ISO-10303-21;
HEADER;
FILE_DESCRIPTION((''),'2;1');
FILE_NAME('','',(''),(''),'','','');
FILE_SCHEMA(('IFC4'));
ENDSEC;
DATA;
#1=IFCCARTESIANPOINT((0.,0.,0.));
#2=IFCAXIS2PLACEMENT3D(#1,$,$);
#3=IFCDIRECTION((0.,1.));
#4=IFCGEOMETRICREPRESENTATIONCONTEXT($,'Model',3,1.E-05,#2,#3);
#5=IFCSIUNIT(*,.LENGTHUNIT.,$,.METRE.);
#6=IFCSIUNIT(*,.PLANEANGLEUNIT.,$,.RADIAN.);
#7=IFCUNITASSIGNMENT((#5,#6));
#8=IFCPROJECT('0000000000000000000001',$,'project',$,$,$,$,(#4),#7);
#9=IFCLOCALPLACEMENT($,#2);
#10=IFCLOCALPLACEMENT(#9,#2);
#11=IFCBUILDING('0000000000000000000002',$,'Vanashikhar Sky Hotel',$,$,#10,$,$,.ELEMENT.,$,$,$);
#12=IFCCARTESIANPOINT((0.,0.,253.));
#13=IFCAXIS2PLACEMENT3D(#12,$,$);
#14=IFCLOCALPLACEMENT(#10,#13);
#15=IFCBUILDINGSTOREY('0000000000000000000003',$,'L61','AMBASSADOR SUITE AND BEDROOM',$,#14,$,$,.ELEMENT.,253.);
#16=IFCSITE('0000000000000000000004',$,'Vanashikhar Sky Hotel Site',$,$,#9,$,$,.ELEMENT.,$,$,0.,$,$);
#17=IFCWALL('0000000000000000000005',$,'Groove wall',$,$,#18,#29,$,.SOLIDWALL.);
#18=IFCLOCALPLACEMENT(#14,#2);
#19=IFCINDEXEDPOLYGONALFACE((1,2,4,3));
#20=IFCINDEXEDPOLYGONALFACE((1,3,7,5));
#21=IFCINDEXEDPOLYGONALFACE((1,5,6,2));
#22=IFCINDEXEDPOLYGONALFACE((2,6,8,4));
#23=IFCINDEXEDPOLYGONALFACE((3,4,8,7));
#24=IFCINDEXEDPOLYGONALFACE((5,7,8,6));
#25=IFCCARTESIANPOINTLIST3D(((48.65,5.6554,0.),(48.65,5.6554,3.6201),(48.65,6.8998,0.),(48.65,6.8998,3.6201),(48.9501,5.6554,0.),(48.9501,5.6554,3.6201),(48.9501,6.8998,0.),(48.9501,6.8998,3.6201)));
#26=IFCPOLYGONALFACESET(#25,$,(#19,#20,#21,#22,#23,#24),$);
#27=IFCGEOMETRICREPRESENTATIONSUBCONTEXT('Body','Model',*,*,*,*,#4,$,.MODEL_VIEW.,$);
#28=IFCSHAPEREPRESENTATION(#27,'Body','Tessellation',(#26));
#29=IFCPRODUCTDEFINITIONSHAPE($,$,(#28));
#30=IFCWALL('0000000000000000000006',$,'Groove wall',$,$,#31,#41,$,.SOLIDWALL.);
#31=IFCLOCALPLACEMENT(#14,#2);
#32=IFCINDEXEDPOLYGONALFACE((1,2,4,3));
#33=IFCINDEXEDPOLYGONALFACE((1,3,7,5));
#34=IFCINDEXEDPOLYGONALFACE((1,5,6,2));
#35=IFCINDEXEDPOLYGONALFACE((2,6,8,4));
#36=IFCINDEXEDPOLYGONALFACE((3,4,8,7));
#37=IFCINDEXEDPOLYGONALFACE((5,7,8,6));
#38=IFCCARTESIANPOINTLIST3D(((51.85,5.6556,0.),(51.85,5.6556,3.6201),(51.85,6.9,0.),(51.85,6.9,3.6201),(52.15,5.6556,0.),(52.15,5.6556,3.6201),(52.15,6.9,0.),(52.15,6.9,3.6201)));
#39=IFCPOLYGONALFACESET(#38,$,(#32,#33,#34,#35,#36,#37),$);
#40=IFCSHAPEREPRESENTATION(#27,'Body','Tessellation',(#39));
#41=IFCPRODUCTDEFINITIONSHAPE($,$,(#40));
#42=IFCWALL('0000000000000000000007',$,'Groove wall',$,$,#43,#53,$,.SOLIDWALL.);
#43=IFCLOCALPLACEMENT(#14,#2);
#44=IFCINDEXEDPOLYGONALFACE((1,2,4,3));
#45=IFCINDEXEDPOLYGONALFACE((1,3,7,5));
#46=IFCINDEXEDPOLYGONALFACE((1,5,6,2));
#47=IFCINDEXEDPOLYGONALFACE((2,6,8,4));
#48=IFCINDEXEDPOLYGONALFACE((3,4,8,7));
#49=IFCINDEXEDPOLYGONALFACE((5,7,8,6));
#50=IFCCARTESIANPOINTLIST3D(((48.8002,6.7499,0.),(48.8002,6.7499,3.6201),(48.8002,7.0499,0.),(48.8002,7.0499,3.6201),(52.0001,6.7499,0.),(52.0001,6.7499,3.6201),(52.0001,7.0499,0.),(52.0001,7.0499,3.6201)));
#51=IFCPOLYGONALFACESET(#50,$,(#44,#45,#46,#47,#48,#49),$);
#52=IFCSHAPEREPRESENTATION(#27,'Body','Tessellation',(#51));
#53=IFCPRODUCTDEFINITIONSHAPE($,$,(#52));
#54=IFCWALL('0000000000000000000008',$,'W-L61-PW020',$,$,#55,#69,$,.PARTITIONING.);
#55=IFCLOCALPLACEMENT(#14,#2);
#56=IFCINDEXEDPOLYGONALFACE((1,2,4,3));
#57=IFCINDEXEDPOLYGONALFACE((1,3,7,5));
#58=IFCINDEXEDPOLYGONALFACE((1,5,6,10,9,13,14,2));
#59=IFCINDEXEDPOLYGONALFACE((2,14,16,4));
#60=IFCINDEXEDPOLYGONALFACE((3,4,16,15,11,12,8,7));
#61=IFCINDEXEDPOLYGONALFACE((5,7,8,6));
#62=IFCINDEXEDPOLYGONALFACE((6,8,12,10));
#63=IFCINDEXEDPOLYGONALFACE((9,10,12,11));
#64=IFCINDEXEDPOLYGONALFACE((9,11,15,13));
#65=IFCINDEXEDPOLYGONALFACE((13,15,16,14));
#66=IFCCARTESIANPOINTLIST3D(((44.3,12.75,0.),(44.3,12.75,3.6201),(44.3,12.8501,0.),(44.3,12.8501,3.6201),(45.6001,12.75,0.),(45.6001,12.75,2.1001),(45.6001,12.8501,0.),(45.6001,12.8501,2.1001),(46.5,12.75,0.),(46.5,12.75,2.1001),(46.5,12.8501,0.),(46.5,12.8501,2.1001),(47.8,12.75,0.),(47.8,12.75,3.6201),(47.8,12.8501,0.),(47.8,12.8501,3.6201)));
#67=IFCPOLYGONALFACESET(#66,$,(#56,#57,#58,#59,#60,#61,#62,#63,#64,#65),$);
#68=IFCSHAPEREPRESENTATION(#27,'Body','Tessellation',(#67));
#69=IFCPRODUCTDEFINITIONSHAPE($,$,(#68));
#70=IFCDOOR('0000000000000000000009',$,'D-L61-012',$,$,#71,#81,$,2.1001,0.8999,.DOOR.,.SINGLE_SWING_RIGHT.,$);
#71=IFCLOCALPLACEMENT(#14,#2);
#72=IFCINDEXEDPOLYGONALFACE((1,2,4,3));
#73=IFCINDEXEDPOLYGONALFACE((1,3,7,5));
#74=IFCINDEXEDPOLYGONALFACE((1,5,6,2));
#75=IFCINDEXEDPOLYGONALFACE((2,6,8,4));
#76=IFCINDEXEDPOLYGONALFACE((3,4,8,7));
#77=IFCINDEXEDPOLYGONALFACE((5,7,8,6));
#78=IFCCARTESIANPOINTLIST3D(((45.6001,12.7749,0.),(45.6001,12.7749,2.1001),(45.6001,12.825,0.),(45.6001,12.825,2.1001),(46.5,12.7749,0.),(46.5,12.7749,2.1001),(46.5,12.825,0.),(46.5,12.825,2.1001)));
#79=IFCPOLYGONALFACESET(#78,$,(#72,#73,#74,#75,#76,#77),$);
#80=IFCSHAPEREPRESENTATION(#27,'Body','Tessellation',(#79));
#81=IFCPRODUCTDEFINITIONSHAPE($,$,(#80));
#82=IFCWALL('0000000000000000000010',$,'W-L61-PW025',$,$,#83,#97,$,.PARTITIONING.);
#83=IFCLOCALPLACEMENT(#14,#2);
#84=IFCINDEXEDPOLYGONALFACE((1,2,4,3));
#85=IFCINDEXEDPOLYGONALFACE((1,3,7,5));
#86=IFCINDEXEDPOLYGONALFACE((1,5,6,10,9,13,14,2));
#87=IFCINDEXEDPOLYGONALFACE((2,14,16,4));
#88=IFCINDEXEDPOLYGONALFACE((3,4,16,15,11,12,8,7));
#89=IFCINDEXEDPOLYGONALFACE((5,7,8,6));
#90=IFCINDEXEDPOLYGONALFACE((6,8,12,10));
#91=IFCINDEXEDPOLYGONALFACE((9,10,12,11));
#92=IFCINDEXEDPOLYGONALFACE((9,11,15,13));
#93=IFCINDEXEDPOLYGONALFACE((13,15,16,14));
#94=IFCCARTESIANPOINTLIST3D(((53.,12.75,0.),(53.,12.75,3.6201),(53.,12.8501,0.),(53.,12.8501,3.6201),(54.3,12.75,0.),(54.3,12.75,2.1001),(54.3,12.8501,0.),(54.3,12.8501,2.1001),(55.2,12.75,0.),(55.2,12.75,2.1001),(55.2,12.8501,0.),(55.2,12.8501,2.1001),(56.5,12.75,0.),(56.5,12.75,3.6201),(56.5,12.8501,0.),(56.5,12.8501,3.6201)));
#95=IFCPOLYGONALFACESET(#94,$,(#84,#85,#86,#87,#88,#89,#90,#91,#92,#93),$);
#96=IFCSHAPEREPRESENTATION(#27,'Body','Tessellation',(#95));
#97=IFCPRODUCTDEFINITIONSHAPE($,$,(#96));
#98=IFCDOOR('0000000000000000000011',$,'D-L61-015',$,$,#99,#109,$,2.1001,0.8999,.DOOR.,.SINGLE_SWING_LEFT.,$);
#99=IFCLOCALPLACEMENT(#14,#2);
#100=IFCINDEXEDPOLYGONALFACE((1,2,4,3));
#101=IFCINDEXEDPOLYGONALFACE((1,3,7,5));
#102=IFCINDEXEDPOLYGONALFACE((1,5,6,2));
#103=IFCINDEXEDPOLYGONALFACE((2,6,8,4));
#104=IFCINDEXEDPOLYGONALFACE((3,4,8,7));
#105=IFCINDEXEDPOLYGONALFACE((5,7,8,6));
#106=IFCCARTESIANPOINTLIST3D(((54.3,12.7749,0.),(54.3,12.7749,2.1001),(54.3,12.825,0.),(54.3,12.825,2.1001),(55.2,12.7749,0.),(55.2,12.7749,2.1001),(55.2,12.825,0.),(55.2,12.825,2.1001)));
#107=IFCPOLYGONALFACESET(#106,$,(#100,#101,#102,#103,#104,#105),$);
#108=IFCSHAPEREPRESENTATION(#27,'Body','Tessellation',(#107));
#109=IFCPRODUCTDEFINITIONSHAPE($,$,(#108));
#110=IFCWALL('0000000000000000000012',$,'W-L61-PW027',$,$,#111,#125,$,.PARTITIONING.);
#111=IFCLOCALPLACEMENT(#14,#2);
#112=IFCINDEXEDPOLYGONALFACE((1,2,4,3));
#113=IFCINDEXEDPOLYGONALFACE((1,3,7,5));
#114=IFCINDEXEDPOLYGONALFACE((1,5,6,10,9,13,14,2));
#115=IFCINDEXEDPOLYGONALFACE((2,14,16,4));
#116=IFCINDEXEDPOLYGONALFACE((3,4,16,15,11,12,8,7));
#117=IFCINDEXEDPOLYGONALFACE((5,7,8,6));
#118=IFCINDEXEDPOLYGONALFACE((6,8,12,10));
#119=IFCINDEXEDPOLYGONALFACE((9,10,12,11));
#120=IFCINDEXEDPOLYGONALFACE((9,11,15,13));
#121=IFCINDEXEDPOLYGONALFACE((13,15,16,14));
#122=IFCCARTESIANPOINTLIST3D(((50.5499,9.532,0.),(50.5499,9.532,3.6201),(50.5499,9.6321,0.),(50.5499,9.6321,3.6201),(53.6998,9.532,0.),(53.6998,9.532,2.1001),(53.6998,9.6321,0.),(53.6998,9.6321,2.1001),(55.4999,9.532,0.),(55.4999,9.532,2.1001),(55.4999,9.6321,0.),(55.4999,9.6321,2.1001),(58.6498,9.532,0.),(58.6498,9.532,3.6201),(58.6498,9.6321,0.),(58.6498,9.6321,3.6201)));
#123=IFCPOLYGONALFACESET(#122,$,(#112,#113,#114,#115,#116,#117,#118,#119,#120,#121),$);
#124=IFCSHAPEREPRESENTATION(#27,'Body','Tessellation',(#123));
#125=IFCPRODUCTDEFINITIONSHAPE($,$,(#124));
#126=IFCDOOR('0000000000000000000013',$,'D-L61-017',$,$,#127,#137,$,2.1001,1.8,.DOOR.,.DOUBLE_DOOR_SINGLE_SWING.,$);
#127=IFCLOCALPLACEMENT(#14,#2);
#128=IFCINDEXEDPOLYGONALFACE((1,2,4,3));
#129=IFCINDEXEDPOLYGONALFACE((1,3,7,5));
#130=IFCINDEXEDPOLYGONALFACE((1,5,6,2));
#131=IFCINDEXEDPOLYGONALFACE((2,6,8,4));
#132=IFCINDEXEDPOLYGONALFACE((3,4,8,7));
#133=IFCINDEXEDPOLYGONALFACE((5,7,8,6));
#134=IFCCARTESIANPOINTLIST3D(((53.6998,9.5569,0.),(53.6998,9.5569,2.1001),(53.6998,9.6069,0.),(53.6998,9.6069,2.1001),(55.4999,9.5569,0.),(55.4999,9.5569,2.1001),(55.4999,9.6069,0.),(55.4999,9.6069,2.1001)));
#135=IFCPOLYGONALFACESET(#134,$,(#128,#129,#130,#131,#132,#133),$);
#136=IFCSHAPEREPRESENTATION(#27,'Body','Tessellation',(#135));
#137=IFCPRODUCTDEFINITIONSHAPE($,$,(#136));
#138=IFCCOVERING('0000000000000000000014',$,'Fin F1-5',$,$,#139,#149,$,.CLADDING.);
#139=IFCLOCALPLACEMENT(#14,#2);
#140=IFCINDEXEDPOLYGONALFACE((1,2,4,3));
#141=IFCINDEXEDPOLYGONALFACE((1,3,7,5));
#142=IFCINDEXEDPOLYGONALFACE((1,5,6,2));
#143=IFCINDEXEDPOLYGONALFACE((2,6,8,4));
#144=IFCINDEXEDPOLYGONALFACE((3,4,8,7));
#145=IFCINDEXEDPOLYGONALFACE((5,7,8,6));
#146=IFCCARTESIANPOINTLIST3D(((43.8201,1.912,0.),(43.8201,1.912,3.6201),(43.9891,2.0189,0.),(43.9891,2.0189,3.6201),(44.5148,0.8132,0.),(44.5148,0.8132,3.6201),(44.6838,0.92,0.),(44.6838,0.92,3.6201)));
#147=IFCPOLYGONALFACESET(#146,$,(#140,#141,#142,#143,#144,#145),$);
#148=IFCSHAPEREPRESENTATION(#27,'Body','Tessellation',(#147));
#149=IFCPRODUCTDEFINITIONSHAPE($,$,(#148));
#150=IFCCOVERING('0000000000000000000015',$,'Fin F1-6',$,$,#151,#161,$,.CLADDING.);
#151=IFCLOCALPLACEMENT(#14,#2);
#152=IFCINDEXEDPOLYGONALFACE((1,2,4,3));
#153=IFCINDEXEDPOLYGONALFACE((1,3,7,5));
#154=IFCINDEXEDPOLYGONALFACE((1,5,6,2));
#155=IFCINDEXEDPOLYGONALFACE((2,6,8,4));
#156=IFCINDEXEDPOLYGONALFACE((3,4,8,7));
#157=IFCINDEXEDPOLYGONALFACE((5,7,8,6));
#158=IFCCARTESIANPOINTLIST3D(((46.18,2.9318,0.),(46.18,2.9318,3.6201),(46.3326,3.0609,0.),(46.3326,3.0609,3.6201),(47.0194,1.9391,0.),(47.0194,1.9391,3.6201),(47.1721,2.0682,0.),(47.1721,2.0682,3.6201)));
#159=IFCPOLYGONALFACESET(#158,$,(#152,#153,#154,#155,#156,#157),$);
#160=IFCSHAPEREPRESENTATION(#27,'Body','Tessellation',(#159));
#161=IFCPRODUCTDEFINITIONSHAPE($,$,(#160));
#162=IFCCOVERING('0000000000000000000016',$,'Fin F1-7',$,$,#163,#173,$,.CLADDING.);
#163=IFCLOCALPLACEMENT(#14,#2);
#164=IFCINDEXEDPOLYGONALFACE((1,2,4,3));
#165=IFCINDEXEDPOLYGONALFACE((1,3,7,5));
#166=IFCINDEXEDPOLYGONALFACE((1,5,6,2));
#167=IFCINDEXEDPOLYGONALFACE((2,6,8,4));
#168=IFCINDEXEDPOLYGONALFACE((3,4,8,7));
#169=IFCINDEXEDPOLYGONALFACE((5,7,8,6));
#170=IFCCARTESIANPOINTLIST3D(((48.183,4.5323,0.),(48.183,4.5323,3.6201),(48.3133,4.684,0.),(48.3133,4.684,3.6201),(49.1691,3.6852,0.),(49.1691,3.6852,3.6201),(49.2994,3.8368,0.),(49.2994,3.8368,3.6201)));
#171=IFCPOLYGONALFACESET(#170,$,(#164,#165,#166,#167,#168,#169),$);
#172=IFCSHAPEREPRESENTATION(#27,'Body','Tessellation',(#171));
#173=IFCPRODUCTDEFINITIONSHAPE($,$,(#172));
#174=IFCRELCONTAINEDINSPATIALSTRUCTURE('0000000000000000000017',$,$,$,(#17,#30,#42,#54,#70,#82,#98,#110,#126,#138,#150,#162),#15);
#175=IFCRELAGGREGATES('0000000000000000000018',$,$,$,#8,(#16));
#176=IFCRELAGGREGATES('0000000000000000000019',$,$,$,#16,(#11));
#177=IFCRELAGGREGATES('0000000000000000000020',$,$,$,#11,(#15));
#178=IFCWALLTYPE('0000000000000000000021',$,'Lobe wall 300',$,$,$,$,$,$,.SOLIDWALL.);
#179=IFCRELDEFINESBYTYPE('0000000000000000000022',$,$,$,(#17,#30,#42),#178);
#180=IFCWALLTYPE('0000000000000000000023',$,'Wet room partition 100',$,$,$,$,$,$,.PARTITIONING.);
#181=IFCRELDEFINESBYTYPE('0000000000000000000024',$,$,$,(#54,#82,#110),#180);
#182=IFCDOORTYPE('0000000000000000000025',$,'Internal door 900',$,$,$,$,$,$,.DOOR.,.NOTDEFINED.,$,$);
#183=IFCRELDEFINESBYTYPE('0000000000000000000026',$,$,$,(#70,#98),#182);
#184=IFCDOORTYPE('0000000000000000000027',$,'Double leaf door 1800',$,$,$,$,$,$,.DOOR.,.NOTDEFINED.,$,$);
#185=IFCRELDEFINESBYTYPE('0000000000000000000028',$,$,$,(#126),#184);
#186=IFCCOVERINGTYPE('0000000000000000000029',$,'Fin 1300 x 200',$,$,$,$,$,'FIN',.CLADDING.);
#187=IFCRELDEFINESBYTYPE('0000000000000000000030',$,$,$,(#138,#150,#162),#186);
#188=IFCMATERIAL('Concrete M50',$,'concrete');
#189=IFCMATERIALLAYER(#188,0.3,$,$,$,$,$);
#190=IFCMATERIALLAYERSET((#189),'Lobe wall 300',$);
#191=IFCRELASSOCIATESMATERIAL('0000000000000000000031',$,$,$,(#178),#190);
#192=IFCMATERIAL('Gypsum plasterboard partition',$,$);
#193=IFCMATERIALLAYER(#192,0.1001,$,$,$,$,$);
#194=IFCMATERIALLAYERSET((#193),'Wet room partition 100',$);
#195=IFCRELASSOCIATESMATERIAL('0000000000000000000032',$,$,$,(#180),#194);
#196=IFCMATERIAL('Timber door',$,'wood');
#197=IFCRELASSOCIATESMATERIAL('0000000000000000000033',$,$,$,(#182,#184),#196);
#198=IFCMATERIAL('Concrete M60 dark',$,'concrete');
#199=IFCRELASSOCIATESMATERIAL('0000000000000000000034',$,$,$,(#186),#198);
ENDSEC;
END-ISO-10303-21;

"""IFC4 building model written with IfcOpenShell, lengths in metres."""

from ifc_helpers import new_model, si_unit, direction, frame, frame_2d, origin, origin_2d, place, context, subcontext, project, spatial, rectangle, extrude, source, transform, mapped, material, layer, layer_set, material_profile, profile_set, type_object, element, fill, save


model = new_model("IFC4")

# Units and contexts
model_context = context("Model", 3, precision=1e-05, world=origin(), true_north=direction((0.0, 1.0)))
body_context = subcontext(model_context, "Body", "Model", "MODEL_VIEW")
ifc_project = project(units=[si_unit("LENGTHUNIT", "METRE"), si_unit("PLANEANGLEUNIT", "RADIAN")], contexts=[model_context])

# Site, building, storey
site_placement = place(None, origin())
site = spatial("IfcSite", under=ifc_project, at=site_placement, Name="Vanashikhar Sky Hotel Site", CompositionType="ELEMENT", RefElevation=0.0)
building_placement = place(site_placement, origin())
building = spatial("IfcBuilding", under=site, at=building_placement, Name="Vanashikhar Sky Hotel", CompositionType="ELEMENT")
storey_placement = place(building_placement, frame((0.0, 0.0, 253.0)))
storey = spatial("IfcBuildingStorey", under=building, at=storey_placement, Name="L61", Description="AMBASSADOR SUITE AND BEDROOM", CompositionType="ELEMENT", Elevation=253.0)

# Shared definitions
ifc_material_1 = material(Name="Concrete M50", Category="concrete")
ifc_layer_1 = layer(ifc_material_1, 0.3)
ifc_layer_set_1 = layer_set([ifc_layer_1], Name="Lobe wall 300")
wall_type_1 = type_object("IfcWallType", Name="Lobe wall 300", PredefinedType="SOLIDWALL", material=ifc_layer_set_1)

# Walls
shared_shape_1 = source(origin(), body_context, "Body", "SweptSolid", [
    extrude(rectangle(XDim=1.2444, YDim=0.3, at=frame_2d((0.6221, 0.0))), origin(), (0.0, 0.0, 1.0), 3.6201),
])
for number, where, z_axis, x_axis, name in (
    (1, (48.8, 5.6555, 0.0), (0.0, 0.0, 1.0), (0.0, 1.0, 0.0), "Groove wall"),
    (2, (52.0, 6.8999, 0.0), (0.0, 0.0, 1.0), (0.0, -1.0, 0.0), "Groove wall"),
):
    element("IfcWall", number, at=place(storey_placement, frame(where, z_axis=z_axis, x_axis=x_axis)), inside=storey, type_object=wall_type_1, Name=name, PredefinedType="SOLIDWALL", context=body_context, shape_type="MappedRepresentation", body=[
        mapped(shared_shape_1, transform((0.0, 0.0, 0.0), scale=1.0)),
    ])
shared_shape_2 = source(origin(), body_context, "Body", "SweptSolid", [
    extrude(rectangle(XDim=3.2, YDim=0.3, at=frame_2d((1.6001, 0.0))), origin(), (0.0, 0.0, 1.0), 3.6201),
])
wall_1_placement = place(storey_placement, frame((48.8, 6.8999, 0.0), z_axis=(0.0, 0.0, 1.0), x_axis=(1.0, 0.0, 0.0)))
element("IfcWall", 3, at=wall_1_placement, inside=storey, type_object=wall_type_1, Name="Groove wall", PredefinedType="SOLIDWALL", context=body_context, shape_type="MappedRepresentation", body=[
    mapped(shared_shape_2, transform((0.0, 0.0, 0.0), scale=1.0)),
])

# Walls, openings, doors
ifc_material_2 = material(Name="Gypsum plasterboard partition")
ifc_layer_2 = layer(ifc_material_2, 0.1001)
ifc_layer_set_2 = layer_set([ifc_layer_2], Name="Wet room partition 100")
wall_type_2 = type_object("IfcWallType", Name="Wet room partition 100", PredefinedType="PARTITIONING", material=ifc_layer_set_2)
shared_shape_3 = source(origin(), body_context, "Body", "SweptSolid", [
    extrude(rectangle(XDim=3.5, YDim=0.1001, at=frame_2d((1.75, 0.0))), origin(), (0.0, 0.0, 1.0), 3.6201),
])
wall_2_placement = place(storey_placement, frame((44.3, 12.8, 0.0), z_axis=(0.0, 0.0, 1.0), x_axis=(1.0, 0.0, 0.0)))
wall_2 = element("IfcWall", 4, at=wall_2_placement, inside=storey, type_object=wall_type_2, Name="W-L61-PW020", PredefinedType="PARTITIONING", context=body_context, shape_type="MappedRepresentation", body=[
    mapped(shared_shape_3, transform((0.0, 0.0, 0.0), scale=1.0)),
])
shared_shape_4 = source(origin(), body_context, "Body", "SweptSolid", [
    extrude(rectangle(XDim=0.8999, YDim=2.1001, at=frame_2d((0.45, 1.05))), frame((0.0, 0.0601, 0.0), z_axis=(0.0, -1.0, 0.0), x_axis=(1.0, 0.0, 0.0)), (0.0, 0.0, 1.0), 0.1201),
])
opening_1_placement = place(wall_2_placement, frame((1.3, 0.0, 0.0)))
opening_1 = element("IfcOpeningElement", 5, at=opening_1_placement, cuts=wall_2, PredefinedType="OPENING", context=body_context, shape_type="MappedRepresentation", body=[
    mapped(shared_shape_4, transform((0.0, 0.0, 0.0), scale=1.0)),
])
ifc_material_3 = material(Name="Timber door", Category="wood")
door_type_1 = type_object("IfcDoorType", Name="Internal door 900", OperationType="NOTDEFINED", PredefinedType="DOOR", material=ifc_material_3)
shared_shape_5 = source(origin(), body_context, "Body", "SweptSolid", [
    extrude(rectangle(XDim=0.8999, YDim=2.1001, at=frame_2d((0.45, 1.05))), frame((0.0, 0.0249, 0.0), z_axis=(0.0, -1.0, 0.0), x_axis=(1.0, 0.0, 0.0)), (0.0, 0.0, 1.0), 0.05),
])
door_1_placement = place(opening_1_placement, origin())
door_1 = element("IfcDoor", 6, at=door_1_placement, inside=storey, type_object=door_type_1, Name="D-L61-012", OperationType="SINGLE_SWING_RIGHT", OverallHeight=2.1001, OverallWidth=0.8999, PredefinedType="DOOR", context=body_context, shape_type="MappedRepresentation", body=[
    mapped(shared_shape_5, transform((0.0, 0.0, 0.0), scale=1.0)),
])
fill(opening_1, door_1)
wall_3_placement = place(storey_placement, frame((53.0, 12.8, 0.0), z_axis=(0.0, 0.0, 1.0), x_axis=(1.0, 0.0, 0.0)))
wall_3 = element("IfcWall", 7, at=wall_3_placement, inside=storey, type_object=wall_type_2, Name="W-L61-PW025", PredefinedType="PARTITIONING", context=body_context, shape_type="MappedRepresentation", body=[
    mapped(shared_shape_3, transform((0.0, 0.0, 0.0), scale=1.0)),
])
opening_2_placement = place(wall_3_placement, frame((1.3, 0.0, 0.0)))
opening_2 = element("IfcOpeningElement", 8, at=opening_2_placement, cuts=wall_3, PredefinedType="OPENING", context=body_context, shape_type="MappedRepresentation", body=[
    mapped(shared_shape_4, transform((0.0, 0.0, 0.0), scale=1.0)),
])
door_2_placement = place(opening_2_placement, origin())
door_2 = element("IfcDoor", 9, at=door_2_placement, inside=storey, type_object=door_type_1, Name="D-L61-015", OperationType="SINGLE_SWING_LEFT", OverallHeight=2.1001, OverallWidth=0.8999, PredefinedType="DOOR", context=body_context, shape_type="MappedRepresentation", body=[
    mapped(shared_shape_5, transform((0.0, 0.0, 0.0), scale=1.0)),
])
fill(opening_2, door_2)
shared_shape_6 = source(origin(), body_context, "Body", "SweptSolid", [
    extrude(rectangle(XDim=8.0999, YDim=0.1001, at=frame_2d((4.0498, 0.0))), origin(), (0.0, 0.0, 1.0), 3.6201),
])
wall_4_placement = place(storey_placement, frame((50.55, 9.582, 0.0), z_axis=(0.0, 0.0, 1.0), x_axis=(1.0, 0.0, 0.0)))
wall_4 = element("IfcWall", 10, at=wall_4_placement, inside=storey, type_object=wall_type_2, Name="W-L61-PW027", PredefinedType="PARTITIONING", context=body_context, shape_type="MappedRepresentation", body=[
    mapped(shared_shape_6, transform((0.0, 0.0, 0.0), scale=1.0)),
])
shared_shape_7 = source(origin(), body_context, "Body", "SweptSolid", [
    extrude(rectangle(XDim=1.8, YDim=2.1001, at=frame_2d((0.8999, 1.05))), frame((0.0, 0.0601, 0.0), z_axis=(0.0, -1.0, 0.0), x_axis=(1.0, 0.0, 0.0)), (0.0, 0.0, 1.0), 0.1201),
])
opening_3_placement = place(wall_4_placement, frame((3.1499, 0.0, 0.0)))
opening_3 = element("IfcOpeningElement", 11, at=opening_3_placement, cuts=wall_4, PredefinedType="OPENING", context=body_context, shape_type="MappedRepresentation", body=[
    mapped(shared_shape_7, transform((0.0, 0.0, 0.0), scale=1.0)),
])
door_type_2 = type_object("IfcDoorType", Name="Double leaf door 1800", OperationType="NOTDEFINED", PredefinedType="DOOR", material=ifc_material_3)
shared_shape_8 = source(origin(), body_context, "Body", "SweptSolid", [
    extrude(rectangle(XDim=1.8, YDim=2.1001, at=frame_2d((0.8999, 1.05))), frame((0.0, 0.0249, 0.0), z_axis=(0.0, -1.0, 0.0), x_axis=(1.0, 0.0, 0.0)), (0.0, 0.0, 1.0), 0.05),
])
door_3_placement = place(opening_3_placement, origin())
door_3 = element("IfcDoor", 12, at=door_3_placement, inside=storey, type_object=door_type_2, Name="D-L61-017", OperationType="DOUBLE_DOOR_SINGLE_SWING", OverallHeight=2.1001, OverallWidth=1.8, PredefinedType="DOOR", context=body_context, shape_type="MappedRepresentation", body=[
    mapped(shared_shape_8, transform((0.0, 0.0, 0.0), scale=1.0)),
])
fill(opening_3, door_3)

# Coverings
ifc_material_4 = material(Name="Concrete M60 dark", Category="concrete")
ifc_material_profile = material_profile(ifc_material_4, rectangle(XDim=1.3, YDim=0.2, at=origin_2d()))
ifc_profile_set = profile_set([ifc_material_profile], Name="Fin 1300 x 200")
covering_type = type_object("IfcCoveringType", Name="Fin 1300 x 200", ElementType="FIN", PredefinedType="CLADDING", material=ifc_profile_set)
shared_shape_9 = source(origin(), body_context, "Body", "SweptSolid", [
    extrude(rectangle(XDim=1.3, YDim=0.2, at=origin_2d()), origin(), (0.0, 0.0, 1.0), 3.6201),
])
for number, where, z_axis, x_axis, name in (
    (13, (44.252, 1.416, 0.0), (0.0, 0.0, 1.0), (0.534411, -0.845225, 0.0), "Fin F1-5"),
    (14, (46.676, 2.5, 0.0), (0.0, 0.0, 1.0), (0.645698, -0.763593, 0.0), "Fin F1-6"),
    (15, (48.7412, 4.1846, 0.0), (0.0, 0.0, 1.0), (0.758544, -0.651622, 0.0), "Fin F1-7"),
):
    element("IfcCovering", number, at=place(storey_placement, frame(where, z_axis=z_axis, x_axis=x_axis)), inside=storey, type_object=covering_type, Name=name, PredefinedType="CLADDING", context=body_context, shape_type="MappedRepresentation", body=[
        mapped(shared_shape_9, transform((0.0, 0.0, 0.0), scale=1.0)),
    ])

save(model, "model.ifc")
